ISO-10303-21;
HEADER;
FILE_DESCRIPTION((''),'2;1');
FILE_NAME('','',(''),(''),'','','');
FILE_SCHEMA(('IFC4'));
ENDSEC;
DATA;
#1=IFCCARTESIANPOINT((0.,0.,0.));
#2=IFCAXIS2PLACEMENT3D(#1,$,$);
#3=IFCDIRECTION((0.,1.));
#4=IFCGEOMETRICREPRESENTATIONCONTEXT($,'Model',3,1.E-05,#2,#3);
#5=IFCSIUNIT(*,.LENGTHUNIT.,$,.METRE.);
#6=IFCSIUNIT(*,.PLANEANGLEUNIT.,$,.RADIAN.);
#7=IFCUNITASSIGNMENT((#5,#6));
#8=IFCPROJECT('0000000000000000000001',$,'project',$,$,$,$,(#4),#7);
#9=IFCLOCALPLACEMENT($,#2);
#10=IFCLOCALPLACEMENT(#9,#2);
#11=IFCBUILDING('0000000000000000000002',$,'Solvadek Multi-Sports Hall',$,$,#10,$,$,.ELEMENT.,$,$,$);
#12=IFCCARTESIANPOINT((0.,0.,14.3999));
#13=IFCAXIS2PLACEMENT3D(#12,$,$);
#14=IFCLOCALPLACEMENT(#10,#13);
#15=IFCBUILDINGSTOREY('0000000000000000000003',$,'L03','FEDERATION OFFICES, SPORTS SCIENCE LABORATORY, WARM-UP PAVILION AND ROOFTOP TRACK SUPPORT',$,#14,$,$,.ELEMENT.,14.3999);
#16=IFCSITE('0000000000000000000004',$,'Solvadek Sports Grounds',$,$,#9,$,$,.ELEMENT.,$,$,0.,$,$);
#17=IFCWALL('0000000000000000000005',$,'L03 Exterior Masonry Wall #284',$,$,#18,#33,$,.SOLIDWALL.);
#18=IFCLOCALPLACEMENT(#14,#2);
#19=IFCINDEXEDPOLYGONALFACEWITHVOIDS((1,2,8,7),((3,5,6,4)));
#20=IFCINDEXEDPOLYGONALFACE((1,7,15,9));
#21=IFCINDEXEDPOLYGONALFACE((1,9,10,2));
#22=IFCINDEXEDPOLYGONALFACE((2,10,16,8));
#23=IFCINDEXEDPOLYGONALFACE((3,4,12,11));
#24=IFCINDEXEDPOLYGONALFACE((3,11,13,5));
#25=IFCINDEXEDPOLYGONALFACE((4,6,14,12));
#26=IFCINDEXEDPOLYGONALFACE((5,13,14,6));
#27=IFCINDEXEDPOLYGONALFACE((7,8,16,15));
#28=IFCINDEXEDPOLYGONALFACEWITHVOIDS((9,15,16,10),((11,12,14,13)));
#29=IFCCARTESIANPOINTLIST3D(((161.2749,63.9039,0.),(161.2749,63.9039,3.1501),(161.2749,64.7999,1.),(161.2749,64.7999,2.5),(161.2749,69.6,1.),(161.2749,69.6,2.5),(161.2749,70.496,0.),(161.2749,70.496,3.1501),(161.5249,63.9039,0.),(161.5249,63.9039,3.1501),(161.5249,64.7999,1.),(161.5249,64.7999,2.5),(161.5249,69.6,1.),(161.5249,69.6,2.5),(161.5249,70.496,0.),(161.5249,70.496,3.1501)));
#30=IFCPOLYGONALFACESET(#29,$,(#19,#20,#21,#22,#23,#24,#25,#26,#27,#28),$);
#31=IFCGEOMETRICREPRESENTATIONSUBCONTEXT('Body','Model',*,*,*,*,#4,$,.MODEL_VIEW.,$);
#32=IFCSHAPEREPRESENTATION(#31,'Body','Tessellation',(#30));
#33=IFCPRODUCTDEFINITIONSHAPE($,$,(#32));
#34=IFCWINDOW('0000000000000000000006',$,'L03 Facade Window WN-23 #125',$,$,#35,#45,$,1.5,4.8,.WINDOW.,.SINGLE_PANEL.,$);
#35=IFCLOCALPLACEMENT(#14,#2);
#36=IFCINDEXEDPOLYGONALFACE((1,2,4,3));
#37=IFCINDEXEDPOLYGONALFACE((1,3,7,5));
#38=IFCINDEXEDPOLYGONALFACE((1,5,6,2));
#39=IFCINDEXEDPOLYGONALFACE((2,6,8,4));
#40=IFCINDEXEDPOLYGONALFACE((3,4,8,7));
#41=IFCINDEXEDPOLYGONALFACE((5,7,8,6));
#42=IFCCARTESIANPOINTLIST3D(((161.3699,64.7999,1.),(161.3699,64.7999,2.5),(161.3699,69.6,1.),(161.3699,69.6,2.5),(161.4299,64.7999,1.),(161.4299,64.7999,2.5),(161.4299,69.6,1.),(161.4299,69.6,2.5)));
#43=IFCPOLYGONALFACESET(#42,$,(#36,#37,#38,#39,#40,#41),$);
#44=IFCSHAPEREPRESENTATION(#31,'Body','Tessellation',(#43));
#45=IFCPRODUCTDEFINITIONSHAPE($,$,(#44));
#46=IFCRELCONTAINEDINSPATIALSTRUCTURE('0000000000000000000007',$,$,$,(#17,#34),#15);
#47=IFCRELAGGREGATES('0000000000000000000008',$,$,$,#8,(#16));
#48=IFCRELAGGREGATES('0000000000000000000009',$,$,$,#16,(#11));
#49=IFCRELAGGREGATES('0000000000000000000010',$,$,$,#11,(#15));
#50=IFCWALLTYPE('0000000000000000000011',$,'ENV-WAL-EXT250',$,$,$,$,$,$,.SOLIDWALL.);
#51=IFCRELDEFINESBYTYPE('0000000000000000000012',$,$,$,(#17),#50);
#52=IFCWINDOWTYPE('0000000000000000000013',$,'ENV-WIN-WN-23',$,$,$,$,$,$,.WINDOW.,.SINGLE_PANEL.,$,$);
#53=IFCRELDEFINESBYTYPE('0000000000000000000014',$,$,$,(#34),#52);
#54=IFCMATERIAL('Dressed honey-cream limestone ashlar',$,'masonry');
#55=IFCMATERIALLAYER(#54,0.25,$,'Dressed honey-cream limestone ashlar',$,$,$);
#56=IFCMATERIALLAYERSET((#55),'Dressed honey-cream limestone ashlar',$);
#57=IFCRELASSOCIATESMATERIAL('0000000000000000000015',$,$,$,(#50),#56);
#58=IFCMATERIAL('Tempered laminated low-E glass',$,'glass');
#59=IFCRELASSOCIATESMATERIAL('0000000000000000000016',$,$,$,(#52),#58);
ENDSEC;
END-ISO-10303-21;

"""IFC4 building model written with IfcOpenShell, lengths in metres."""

from ifc_helpers import new_model, si_unit, direction, frame, frame_2d, origin, place, context, subcontext, project, spatial, rectangle, extrude, material, layer, layer_set, type_object, element, fill, save


model = new_model("IFC4")

# Units and contexts
model_context = context("Model", 3, precision=1e-05, world=origin(), true_north=direction((0.0, 1.0)))
body_context = subcontext(model_context, "Body", "Model", "MODEL_VIEW")
ifc_project = project(units=[si_unit("LENGTHUNIT", "METRE"), si_unit("PLANEANGLEUNIT", "RADIAN")], contexts=[model_context])

# Site, building, storey
site_placement = place(None, origin())
site = spatial("IfcSite", under=ifc_project, at=site_placement, Name="Solvadek Sports Grounds", CompositionType="ELEMENT", RefElevation=0.0)
building_placement = place(site_placement, origin())
building = spatial("IfcBuilding", under=site, at=building_placement, Name="Solvadek Multi-Sports Hall", CompositionType="ELEMENT")
storey_placement = place(building_placement, frame((0.0, 0.0, 14.3999)))
storey = spatial("IfcBuildingStorey", under=building, at=storey_placement, Name="L03", Description="FEDERATION OFFICES, SPORTS SCIENCE LABORATORY, WARM-UP PAVILION AND ROOFTOP TRACK SUPPORT", CompositionType="ELEMENT", Elevation=14.3999)

# Shared definitions
ifc_material_1 = material(Name="Tempered laminated low-E glass", Category="glass")

# Wall, opening, window
ifc_material_2 = material(Name="Dressed honey-cream limestone ashlar", Category="masonry")
ifc_layer_1 = layer(ifc_material_2, 0.25, Name="Dressed honey-cream limestone ashlar")
ifc_layer_set_1 = layer_set([ifc_layer_1], Name="Dressed honey-cream limestone ashlar")
wall_type = type_object("IfcWallType", Name="ENV-WAL-EXT250", PredefinedType="SOLIDWALL", material=ifc_layer_set_1)
wall_placement = place(storey_placement, frame((161.3999, 63.9041, 0.0), z_axis=(0.0, 0.0, 1.0), x_axis=(0.0, 1.0, 0.0)))
wall = element("IfcWall", 1, at=wall_placement, inside=storey, type_object=wall_type, Name="L03 Exterior Masonry Wall #284", PredefinedType="SOLIDWALL", context=body_context, shape_type="SweptSolid", body=[
    extrude(rectangle(XDim=6.592, YDim=0.25, at=frame_2d((3.2959, 0.0))), origin(), (0.0, 0.0, 1.0), 3.1501),
])
opening_placement = place(wall_placement, frame((0.896, 0.0, 1.0)))
opening = element("IfcOpeningElement", 2, at=opening_placement, cuts=wall, PredefinedType="OPENING", context=body_context, shape_type="SweptSolid", body=[
    extrude(rectangle(XDim=4.8, YDim=1.5, at=frame_2d((2.3999, 0.75))), frame((0.0, 0.135, 0.0), z_axis=(0.0, -1.0, 0.0), x_axis=(1.0, 0.0, 0.0)), (0.0, 0.0, 1.0), 0.27),
])
window_type = type_object("IfcWindowType", Name="ENV-WIN-WN-23", PartitioningType="SINGLE_PANEL", PredefinedType="WINDOW", material=ifc_material_1)
window_placement = place(opening_placement, origin())
window = element("IfcWindow", 3, at=window_placement, inside=storey, type_object=window_type, Name="L03 Facade Window WN-23 #125", OverallHeight=1.5, OverallWidth=4.8, PartitioningType="SINGLE_PANEL", PredefinedType="WINDOW", context=body_context, shape_type="SweptSolid", body=[
    extrude(rectangle(XDim=4.8, YDim=1.5, at=frame_2d((2.3999, 0.75))), frame((0.0, 0.03, 0.0), z_axis=(0.0, -1.0, 0.0), x_axis=(1.0, 0.0, 0.0)), (0.0, 0.0, 1.0), 0.0601),
])
fill(opening, window)

save(model, "model.ifc")
